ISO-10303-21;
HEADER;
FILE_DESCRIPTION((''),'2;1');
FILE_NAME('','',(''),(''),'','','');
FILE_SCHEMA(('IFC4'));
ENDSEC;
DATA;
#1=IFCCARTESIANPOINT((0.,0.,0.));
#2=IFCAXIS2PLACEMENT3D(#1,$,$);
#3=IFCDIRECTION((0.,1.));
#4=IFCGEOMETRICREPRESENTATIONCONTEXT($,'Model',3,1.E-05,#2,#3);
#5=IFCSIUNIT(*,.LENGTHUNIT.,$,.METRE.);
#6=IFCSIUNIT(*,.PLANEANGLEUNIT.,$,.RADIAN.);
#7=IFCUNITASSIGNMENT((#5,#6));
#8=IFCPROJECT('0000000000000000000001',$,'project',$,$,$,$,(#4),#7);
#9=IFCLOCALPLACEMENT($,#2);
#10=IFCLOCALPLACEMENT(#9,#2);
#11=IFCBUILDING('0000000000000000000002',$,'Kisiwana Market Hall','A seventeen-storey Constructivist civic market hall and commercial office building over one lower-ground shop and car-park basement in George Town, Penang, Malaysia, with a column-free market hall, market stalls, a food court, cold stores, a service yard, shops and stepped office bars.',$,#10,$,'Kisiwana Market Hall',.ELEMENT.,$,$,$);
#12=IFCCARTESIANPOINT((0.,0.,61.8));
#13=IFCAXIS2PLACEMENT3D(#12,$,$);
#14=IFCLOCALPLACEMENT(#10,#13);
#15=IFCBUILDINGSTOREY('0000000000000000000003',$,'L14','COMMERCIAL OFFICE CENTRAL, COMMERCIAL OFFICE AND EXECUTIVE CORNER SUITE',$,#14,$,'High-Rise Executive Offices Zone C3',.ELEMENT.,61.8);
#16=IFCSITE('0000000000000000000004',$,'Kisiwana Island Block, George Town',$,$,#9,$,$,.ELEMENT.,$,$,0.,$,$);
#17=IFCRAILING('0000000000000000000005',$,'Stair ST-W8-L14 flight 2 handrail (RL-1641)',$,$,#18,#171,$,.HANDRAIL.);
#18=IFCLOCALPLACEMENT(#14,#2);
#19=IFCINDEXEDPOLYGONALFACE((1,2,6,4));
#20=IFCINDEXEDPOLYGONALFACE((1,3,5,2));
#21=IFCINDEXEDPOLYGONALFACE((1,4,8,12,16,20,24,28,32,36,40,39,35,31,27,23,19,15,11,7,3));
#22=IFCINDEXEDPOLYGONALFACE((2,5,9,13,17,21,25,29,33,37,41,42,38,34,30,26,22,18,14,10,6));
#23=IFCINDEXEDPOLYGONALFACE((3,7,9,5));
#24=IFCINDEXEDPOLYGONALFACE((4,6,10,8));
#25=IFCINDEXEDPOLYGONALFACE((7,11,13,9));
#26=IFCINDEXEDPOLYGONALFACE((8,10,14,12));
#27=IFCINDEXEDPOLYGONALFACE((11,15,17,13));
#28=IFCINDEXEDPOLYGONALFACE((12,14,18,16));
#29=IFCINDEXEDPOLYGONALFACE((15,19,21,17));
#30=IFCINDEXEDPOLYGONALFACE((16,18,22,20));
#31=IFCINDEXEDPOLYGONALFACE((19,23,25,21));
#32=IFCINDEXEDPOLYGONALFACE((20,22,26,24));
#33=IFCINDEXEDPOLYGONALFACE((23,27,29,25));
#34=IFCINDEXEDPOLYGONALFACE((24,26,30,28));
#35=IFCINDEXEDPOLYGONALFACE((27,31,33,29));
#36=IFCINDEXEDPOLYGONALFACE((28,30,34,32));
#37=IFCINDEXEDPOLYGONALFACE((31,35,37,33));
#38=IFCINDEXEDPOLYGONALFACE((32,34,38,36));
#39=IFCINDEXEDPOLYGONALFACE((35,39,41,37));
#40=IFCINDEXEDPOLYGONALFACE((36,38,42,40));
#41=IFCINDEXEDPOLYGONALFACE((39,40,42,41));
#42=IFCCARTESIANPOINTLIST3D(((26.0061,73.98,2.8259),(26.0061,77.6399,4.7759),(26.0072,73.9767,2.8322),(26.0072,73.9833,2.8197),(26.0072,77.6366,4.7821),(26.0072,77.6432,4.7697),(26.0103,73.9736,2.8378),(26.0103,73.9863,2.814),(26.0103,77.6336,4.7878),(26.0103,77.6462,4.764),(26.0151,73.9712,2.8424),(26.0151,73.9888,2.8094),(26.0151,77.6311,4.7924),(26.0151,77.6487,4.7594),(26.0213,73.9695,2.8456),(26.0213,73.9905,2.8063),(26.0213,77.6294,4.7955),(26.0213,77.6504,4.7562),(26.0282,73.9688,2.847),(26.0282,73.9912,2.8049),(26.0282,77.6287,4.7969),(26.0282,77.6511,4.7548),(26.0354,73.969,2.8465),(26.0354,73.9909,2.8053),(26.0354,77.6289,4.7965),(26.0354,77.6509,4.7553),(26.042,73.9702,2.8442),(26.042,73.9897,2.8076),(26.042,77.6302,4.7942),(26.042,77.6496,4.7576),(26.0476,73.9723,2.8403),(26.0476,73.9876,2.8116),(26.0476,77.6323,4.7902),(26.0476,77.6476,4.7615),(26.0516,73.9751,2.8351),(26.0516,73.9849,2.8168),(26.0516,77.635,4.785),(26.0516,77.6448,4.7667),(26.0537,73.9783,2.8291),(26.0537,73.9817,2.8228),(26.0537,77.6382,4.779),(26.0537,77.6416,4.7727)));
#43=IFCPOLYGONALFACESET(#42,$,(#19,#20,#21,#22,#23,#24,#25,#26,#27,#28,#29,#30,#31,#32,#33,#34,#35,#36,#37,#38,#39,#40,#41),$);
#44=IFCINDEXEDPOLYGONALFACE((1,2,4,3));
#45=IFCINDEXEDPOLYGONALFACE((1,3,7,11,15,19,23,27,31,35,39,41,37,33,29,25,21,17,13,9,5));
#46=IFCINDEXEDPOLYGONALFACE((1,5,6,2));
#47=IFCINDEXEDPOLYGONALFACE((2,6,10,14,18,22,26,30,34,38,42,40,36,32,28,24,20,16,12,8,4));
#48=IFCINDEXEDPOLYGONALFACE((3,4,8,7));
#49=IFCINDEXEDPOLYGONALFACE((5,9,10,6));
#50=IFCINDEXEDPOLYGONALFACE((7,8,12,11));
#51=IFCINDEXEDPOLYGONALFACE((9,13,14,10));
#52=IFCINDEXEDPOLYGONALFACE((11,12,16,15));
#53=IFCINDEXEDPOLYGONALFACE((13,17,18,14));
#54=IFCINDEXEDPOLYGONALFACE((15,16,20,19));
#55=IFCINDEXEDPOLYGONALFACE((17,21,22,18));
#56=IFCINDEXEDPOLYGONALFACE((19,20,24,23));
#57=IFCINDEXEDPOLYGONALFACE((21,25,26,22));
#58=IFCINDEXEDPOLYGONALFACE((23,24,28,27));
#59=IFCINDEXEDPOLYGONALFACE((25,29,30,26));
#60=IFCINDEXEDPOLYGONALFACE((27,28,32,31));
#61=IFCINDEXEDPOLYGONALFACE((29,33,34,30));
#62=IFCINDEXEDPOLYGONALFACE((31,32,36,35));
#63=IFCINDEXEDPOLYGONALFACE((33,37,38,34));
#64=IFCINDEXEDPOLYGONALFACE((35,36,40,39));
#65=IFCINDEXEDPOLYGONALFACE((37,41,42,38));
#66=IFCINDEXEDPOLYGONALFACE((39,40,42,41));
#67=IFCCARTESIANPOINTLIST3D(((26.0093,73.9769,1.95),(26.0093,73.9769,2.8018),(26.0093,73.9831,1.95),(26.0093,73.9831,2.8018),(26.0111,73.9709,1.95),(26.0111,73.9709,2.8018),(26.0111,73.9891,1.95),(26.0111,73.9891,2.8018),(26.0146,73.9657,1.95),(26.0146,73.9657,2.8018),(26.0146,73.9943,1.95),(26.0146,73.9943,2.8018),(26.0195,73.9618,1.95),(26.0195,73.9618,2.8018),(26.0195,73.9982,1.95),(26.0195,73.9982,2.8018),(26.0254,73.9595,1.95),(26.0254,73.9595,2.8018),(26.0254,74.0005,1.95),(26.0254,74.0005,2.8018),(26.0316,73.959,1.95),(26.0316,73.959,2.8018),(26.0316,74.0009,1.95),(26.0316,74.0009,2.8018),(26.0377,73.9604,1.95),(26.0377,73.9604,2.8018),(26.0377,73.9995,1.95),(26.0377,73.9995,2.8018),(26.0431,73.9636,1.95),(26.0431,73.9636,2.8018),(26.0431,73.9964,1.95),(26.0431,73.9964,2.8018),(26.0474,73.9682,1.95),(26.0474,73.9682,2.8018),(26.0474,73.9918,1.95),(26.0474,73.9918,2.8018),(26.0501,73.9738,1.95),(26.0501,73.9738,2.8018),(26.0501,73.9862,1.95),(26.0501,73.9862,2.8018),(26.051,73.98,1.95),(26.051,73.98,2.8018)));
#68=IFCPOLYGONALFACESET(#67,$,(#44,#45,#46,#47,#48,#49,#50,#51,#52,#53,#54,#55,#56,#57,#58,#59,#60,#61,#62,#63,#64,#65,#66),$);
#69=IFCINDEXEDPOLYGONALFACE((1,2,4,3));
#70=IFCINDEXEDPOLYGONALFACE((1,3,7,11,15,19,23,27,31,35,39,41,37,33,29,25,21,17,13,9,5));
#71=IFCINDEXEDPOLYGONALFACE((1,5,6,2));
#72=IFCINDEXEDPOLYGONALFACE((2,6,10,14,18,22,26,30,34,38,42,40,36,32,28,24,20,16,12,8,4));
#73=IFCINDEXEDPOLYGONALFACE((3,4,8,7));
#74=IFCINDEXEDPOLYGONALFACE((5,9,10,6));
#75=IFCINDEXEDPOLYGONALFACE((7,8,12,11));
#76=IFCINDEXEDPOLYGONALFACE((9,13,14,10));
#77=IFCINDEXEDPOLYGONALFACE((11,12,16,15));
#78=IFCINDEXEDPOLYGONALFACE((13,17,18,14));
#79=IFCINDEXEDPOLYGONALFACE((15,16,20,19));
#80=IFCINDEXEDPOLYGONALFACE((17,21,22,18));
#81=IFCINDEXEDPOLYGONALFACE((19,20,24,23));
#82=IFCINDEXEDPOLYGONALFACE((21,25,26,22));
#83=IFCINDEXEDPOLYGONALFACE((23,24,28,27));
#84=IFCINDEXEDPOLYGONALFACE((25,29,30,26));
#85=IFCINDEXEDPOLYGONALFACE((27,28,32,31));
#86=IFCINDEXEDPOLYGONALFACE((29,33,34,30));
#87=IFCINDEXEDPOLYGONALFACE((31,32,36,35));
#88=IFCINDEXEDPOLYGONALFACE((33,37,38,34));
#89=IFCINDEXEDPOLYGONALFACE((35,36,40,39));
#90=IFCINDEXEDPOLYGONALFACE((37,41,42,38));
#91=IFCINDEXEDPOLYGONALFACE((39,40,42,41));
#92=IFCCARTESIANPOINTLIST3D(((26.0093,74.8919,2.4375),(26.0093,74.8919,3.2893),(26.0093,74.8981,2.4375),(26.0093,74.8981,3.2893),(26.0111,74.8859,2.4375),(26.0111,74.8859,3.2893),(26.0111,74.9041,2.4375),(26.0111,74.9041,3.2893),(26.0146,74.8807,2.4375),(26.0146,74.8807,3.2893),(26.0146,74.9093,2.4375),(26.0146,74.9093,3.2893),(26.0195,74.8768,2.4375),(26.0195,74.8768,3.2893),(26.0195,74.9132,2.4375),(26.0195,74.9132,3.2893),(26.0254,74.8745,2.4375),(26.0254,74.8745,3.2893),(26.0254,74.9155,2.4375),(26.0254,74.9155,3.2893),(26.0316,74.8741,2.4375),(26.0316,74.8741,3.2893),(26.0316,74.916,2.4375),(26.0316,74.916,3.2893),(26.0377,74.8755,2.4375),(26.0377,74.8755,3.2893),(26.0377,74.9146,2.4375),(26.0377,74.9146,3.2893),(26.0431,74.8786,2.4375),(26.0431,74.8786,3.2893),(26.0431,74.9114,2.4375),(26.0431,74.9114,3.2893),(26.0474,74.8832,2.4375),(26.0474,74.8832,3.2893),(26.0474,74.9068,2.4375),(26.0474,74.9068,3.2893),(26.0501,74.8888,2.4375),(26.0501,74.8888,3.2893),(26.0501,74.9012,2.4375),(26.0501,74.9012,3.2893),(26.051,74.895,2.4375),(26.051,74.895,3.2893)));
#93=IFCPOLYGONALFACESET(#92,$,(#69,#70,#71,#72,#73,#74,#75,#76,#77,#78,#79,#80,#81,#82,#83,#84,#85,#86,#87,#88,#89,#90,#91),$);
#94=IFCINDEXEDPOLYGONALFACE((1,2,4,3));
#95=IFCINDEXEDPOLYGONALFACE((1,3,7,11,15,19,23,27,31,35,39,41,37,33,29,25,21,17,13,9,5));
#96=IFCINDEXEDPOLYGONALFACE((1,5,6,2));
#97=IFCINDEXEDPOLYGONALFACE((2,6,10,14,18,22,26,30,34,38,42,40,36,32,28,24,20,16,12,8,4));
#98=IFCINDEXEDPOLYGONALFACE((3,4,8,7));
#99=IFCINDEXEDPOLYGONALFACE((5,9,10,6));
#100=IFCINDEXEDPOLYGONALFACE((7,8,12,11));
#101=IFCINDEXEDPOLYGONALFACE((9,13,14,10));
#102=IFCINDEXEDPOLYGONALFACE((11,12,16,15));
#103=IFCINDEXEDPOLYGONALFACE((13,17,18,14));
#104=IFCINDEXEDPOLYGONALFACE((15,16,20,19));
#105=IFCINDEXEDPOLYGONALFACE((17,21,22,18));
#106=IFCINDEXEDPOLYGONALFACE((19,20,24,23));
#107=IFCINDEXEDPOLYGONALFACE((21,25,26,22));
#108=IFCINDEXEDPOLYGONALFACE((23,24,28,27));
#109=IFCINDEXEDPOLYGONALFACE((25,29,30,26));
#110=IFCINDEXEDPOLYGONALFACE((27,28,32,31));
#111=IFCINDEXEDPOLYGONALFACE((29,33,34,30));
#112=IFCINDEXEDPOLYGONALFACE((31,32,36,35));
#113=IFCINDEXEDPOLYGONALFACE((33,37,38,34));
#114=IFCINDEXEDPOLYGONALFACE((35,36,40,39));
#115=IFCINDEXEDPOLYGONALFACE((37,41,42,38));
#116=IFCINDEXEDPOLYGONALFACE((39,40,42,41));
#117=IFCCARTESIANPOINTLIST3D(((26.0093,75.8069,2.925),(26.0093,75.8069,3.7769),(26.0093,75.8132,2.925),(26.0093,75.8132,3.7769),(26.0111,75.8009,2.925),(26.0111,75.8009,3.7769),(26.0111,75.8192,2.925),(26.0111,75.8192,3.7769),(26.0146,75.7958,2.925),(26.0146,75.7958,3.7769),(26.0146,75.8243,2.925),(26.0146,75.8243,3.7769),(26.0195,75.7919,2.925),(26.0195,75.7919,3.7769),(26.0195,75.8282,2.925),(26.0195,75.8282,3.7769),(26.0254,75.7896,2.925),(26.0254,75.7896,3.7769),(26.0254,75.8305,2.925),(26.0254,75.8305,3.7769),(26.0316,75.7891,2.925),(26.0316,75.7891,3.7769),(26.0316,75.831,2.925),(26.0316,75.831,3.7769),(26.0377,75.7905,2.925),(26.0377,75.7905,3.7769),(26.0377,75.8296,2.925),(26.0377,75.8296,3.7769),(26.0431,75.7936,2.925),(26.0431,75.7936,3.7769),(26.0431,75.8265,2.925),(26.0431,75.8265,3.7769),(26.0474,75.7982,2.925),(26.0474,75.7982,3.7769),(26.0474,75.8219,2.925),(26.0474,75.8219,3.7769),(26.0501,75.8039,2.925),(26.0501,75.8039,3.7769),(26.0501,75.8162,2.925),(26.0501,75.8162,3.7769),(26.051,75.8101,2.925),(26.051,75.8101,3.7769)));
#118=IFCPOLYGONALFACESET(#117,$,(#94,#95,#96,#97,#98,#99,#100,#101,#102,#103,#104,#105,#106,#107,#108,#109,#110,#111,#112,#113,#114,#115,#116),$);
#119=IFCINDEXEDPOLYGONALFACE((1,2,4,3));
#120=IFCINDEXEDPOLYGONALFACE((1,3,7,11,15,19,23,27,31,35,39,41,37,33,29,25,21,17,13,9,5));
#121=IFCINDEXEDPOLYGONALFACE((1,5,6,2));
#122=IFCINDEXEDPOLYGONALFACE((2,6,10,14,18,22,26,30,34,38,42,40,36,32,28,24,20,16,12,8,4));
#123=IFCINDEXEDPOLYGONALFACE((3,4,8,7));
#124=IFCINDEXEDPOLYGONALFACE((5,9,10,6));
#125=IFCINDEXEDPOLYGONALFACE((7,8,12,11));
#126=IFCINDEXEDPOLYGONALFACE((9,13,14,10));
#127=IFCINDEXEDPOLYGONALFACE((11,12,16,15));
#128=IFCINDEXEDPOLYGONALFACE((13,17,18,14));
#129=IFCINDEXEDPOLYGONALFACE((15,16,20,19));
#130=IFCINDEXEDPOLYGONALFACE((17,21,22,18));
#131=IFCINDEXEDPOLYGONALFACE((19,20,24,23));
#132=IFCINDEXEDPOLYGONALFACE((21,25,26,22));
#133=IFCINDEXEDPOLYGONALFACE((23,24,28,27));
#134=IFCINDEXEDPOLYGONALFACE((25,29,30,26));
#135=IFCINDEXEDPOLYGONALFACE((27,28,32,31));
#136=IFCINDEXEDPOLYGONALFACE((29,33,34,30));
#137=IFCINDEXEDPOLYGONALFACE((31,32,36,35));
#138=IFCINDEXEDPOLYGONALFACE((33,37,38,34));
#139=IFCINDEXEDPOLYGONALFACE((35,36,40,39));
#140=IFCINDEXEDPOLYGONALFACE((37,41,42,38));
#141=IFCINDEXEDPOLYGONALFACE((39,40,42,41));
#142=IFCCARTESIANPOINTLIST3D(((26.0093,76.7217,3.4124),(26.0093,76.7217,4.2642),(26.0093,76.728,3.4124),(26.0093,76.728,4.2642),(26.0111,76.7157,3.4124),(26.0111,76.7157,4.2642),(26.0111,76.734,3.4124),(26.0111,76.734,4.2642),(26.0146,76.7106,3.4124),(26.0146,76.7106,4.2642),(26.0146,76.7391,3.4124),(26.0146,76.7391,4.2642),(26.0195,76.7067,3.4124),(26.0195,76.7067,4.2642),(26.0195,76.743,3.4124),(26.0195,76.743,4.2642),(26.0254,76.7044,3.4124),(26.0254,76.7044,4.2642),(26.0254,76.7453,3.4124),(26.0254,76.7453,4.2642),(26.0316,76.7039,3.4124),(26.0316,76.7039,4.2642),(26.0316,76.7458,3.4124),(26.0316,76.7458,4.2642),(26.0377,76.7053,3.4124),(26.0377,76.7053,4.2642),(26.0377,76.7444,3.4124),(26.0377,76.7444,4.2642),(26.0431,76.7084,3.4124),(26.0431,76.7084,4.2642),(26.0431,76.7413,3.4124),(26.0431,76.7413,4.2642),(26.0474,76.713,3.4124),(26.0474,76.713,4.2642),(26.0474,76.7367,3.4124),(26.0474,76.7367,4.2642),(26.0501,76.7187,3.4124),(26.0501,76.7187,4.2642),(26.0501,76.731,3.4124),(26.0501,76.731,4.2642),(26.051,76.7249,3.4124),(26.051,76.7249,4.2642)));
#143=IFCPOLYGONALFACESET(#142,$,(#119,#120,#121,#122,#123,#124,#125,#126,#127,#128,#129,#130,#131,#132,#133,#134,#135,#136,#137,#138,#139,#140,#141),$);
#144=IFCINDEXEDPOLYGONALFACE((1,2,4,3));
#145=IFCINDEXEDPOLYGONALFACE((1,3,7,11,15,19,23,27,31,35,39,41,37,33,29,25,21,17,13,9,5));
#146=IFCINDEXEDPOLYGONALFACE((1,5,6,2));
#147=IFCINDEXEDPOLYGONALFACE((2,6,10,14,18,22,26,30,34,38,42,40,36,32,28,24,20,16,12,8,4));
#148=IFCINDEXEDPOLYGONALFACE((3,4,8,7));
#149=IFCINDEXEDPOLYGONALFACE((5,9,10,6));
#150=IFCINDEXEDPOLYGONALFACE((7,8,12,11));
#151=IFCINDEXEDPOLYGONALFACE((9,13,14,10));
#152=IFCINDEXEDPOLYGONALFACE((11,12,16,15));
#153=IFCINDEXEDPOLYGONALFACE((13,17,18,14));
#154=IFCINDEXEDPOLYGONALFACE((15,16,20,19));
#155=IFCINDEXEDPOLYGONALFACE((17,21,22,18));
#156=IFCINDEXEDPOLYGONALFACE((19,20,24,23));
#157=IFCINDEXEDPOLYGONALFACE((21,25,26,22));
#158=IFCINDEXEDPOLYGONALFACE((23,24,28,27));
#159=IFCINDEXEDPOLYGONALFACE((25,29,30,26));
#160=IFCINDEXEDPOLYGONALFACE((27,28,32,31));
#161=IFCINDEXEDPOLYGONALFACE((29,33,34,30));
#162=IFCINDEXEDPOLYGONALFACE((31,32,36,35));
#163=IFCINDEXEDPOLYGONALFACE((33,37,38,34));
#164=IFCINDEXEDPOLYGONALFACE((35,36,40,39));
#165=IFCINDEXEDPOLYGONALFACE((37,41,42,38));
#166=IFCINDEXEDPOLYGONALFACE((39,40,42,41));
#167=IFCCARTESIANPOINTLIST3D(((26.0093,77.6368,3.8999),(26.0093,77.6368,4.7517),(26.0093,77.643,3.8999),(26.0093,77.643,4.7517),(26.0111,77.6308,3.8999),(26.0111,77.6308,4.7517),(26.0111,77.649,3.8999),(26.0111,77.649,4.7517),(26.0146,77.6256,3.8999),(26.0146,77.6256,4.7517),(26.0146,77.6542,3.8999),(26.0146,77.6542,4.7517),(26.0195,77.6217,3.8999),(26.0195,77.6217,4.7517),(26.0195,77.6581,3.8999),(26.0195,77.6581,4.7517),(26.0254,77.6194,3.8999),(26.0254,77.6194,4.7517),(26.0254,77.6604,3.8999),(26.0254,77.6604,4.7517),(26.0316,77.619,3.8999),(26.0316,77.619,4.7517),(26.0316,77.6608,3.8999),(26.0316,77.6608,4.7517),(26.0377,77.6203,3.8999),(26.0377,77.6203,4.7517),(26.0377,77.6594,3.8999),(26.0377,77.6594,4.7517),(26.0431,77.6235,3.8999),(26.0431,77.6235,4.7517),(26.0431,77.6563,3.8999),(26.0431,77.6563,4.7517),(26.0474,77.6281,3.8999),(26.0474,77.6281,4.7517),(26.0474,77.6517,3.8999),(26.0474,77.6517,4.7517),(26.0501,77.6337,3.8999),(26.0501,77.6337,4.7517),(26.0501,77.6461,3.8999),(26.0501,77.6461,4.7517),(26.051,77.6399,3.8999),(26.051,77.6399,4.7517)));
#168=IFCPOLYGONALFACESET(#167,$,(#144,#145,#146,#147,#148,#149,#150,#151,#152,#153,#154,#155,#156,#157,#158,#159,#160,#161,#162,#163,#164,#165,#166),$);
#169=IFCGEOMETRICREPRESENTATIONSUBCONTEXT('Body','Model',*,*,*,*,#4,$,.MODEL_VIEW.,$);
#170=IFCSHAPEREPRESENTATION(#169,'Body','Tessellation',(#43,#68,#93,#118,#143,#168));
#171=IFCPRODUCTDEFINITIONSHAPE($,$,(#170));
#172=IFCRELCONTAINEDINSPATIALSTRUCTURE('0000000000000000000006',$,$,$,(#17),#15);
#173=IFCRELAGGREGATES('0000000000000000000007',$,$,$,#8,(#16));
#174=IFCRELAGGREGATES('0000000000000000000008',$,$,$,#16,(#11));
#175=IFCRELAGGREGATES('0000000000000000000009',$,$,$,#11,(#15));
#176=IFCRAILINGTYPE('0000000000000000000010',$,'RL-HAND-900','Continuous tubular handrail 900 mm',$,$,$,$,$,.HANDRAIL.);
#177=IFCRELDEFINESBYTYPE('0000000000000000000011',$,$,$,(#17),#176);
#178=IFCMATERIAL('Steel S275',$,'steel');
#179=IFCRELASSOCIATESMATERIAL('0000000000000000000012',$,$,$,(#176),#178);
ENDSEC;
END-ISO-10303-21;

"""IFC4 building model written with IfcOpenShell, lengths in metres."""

from ifc_helpers import new_model, si_unit, direction, frame, origin, origin_2d, place, context, subcontext, project, spatial, circle, extrude, material, type_object, element, save


model = new_model("IFC4")

# Units and contexts
model_context = context("Model", 3, precision=1e-05, world=origin(), true_north=direction((0.0, 1.0)))
body_context = subcontext(model_context, "Body", "Model", "MODEL_VIEW")
ifc_project = project(units=[si_unit("LENGTHUNIT", "METRE"), si_unit("PLANEANGLEUNIT", "RADIAN")], contexts=[model_context])

# Site, building, storey
site_placement = place(None, origin())
site = spatial("IfcSite", under=ifc_project, at=site_placement, Name="Kisiwana Island Block, George Town", CompositionType="ELEMENT", RefElevation=0.0)
building_placement = place(site_placement, origin())
building = spatial("IfcBuilding", under=site, at=building_placement, Name="Kisiwana Market Hall", Description="A seventeen-storey Constructivist civic market hall and commercial office building over one lower-ground shop and car-park basement in George Town, Penang, Malaysia, with a column-free market hall, market stalls, a food court, cold stores, a service yard, shops and stepped office bars.", LongName="Kisiwana Market Hall", CompositionType="ELEMENT")
storey_placement = place(building_placement, frame((0.0, 0.0, 61.8)))
storey = spatial("IfcBuildingStorey", under=building, at=storey_placement, Name="L14", Description="COMMERCIAL OFFICE CENTRAL, COMMERCIAL OFFICE AND EXECUTIVE CORNER SUITE", LongName="High-Rise Executive Offices Zone C3", CompositionType="ELEMENT", Elevation=61.8)

# Railing
ifc_material_1 = material(Name="Steel S275", Category="steel")
railing_type_1 = type_object("IfcRailingType", Name="RL-HAND-900", Description="Continuous tubular handrail 900 mm", PredefinedType="HANDRAIL", material=ifc_material_1)
for number, where, name in (
    (1, (26.03, 73.98, 1.95), "Stair ST-W8-L14 flight 2 handrail (RL-1641)"),
):
    element("IfcRailing", number, at=place(storey_placement, frame(where)), inside=storey, type_object=railing_type_1, Name=name, PredefinedType="HANDRAIL", context=body_context, shape_type="SweptSolid", body=[
        extrude(circle(Radius=0.0239, at=origin_2d()), frame((0.0, 0.0, 0.876), z_axis=(0.0, 0.882553, 0.470212), x_axis=(-1.0, 0.0, 0.0)), (0.0, 0.0, 1.0), 4.147),
        extrude(circle(Radius=0.021, at=origin_2d()), origin(), (0.0, 0.0, 1.0), 0.8518),
        extrude(circle(Radius=0.021, at=origin_2d()), frame((0.0, 0.915, 0.4875)), (0.0, 0.0, 1.0), 0.8518),
        extrude(circle(Radius=0.021, at=origin_2d()), frame((0.0, 1.8301, 0.9751)), (0.0, 0.0, 1.0), 0.8518),
        extrude(circle(Radius=0.021, at=origin_2d()), frame((0.0, 2.7449, 1.4624)), (0.0, 0.0, 1.0), 0.8518),
        extrude(circle(Radius=0.021, at=origin_2d()), frame((0.0, 3.6599, 1.95)), (0.0, 0.0, 1.0), 0.8518),
    ])

save(model, "model.ifc")
